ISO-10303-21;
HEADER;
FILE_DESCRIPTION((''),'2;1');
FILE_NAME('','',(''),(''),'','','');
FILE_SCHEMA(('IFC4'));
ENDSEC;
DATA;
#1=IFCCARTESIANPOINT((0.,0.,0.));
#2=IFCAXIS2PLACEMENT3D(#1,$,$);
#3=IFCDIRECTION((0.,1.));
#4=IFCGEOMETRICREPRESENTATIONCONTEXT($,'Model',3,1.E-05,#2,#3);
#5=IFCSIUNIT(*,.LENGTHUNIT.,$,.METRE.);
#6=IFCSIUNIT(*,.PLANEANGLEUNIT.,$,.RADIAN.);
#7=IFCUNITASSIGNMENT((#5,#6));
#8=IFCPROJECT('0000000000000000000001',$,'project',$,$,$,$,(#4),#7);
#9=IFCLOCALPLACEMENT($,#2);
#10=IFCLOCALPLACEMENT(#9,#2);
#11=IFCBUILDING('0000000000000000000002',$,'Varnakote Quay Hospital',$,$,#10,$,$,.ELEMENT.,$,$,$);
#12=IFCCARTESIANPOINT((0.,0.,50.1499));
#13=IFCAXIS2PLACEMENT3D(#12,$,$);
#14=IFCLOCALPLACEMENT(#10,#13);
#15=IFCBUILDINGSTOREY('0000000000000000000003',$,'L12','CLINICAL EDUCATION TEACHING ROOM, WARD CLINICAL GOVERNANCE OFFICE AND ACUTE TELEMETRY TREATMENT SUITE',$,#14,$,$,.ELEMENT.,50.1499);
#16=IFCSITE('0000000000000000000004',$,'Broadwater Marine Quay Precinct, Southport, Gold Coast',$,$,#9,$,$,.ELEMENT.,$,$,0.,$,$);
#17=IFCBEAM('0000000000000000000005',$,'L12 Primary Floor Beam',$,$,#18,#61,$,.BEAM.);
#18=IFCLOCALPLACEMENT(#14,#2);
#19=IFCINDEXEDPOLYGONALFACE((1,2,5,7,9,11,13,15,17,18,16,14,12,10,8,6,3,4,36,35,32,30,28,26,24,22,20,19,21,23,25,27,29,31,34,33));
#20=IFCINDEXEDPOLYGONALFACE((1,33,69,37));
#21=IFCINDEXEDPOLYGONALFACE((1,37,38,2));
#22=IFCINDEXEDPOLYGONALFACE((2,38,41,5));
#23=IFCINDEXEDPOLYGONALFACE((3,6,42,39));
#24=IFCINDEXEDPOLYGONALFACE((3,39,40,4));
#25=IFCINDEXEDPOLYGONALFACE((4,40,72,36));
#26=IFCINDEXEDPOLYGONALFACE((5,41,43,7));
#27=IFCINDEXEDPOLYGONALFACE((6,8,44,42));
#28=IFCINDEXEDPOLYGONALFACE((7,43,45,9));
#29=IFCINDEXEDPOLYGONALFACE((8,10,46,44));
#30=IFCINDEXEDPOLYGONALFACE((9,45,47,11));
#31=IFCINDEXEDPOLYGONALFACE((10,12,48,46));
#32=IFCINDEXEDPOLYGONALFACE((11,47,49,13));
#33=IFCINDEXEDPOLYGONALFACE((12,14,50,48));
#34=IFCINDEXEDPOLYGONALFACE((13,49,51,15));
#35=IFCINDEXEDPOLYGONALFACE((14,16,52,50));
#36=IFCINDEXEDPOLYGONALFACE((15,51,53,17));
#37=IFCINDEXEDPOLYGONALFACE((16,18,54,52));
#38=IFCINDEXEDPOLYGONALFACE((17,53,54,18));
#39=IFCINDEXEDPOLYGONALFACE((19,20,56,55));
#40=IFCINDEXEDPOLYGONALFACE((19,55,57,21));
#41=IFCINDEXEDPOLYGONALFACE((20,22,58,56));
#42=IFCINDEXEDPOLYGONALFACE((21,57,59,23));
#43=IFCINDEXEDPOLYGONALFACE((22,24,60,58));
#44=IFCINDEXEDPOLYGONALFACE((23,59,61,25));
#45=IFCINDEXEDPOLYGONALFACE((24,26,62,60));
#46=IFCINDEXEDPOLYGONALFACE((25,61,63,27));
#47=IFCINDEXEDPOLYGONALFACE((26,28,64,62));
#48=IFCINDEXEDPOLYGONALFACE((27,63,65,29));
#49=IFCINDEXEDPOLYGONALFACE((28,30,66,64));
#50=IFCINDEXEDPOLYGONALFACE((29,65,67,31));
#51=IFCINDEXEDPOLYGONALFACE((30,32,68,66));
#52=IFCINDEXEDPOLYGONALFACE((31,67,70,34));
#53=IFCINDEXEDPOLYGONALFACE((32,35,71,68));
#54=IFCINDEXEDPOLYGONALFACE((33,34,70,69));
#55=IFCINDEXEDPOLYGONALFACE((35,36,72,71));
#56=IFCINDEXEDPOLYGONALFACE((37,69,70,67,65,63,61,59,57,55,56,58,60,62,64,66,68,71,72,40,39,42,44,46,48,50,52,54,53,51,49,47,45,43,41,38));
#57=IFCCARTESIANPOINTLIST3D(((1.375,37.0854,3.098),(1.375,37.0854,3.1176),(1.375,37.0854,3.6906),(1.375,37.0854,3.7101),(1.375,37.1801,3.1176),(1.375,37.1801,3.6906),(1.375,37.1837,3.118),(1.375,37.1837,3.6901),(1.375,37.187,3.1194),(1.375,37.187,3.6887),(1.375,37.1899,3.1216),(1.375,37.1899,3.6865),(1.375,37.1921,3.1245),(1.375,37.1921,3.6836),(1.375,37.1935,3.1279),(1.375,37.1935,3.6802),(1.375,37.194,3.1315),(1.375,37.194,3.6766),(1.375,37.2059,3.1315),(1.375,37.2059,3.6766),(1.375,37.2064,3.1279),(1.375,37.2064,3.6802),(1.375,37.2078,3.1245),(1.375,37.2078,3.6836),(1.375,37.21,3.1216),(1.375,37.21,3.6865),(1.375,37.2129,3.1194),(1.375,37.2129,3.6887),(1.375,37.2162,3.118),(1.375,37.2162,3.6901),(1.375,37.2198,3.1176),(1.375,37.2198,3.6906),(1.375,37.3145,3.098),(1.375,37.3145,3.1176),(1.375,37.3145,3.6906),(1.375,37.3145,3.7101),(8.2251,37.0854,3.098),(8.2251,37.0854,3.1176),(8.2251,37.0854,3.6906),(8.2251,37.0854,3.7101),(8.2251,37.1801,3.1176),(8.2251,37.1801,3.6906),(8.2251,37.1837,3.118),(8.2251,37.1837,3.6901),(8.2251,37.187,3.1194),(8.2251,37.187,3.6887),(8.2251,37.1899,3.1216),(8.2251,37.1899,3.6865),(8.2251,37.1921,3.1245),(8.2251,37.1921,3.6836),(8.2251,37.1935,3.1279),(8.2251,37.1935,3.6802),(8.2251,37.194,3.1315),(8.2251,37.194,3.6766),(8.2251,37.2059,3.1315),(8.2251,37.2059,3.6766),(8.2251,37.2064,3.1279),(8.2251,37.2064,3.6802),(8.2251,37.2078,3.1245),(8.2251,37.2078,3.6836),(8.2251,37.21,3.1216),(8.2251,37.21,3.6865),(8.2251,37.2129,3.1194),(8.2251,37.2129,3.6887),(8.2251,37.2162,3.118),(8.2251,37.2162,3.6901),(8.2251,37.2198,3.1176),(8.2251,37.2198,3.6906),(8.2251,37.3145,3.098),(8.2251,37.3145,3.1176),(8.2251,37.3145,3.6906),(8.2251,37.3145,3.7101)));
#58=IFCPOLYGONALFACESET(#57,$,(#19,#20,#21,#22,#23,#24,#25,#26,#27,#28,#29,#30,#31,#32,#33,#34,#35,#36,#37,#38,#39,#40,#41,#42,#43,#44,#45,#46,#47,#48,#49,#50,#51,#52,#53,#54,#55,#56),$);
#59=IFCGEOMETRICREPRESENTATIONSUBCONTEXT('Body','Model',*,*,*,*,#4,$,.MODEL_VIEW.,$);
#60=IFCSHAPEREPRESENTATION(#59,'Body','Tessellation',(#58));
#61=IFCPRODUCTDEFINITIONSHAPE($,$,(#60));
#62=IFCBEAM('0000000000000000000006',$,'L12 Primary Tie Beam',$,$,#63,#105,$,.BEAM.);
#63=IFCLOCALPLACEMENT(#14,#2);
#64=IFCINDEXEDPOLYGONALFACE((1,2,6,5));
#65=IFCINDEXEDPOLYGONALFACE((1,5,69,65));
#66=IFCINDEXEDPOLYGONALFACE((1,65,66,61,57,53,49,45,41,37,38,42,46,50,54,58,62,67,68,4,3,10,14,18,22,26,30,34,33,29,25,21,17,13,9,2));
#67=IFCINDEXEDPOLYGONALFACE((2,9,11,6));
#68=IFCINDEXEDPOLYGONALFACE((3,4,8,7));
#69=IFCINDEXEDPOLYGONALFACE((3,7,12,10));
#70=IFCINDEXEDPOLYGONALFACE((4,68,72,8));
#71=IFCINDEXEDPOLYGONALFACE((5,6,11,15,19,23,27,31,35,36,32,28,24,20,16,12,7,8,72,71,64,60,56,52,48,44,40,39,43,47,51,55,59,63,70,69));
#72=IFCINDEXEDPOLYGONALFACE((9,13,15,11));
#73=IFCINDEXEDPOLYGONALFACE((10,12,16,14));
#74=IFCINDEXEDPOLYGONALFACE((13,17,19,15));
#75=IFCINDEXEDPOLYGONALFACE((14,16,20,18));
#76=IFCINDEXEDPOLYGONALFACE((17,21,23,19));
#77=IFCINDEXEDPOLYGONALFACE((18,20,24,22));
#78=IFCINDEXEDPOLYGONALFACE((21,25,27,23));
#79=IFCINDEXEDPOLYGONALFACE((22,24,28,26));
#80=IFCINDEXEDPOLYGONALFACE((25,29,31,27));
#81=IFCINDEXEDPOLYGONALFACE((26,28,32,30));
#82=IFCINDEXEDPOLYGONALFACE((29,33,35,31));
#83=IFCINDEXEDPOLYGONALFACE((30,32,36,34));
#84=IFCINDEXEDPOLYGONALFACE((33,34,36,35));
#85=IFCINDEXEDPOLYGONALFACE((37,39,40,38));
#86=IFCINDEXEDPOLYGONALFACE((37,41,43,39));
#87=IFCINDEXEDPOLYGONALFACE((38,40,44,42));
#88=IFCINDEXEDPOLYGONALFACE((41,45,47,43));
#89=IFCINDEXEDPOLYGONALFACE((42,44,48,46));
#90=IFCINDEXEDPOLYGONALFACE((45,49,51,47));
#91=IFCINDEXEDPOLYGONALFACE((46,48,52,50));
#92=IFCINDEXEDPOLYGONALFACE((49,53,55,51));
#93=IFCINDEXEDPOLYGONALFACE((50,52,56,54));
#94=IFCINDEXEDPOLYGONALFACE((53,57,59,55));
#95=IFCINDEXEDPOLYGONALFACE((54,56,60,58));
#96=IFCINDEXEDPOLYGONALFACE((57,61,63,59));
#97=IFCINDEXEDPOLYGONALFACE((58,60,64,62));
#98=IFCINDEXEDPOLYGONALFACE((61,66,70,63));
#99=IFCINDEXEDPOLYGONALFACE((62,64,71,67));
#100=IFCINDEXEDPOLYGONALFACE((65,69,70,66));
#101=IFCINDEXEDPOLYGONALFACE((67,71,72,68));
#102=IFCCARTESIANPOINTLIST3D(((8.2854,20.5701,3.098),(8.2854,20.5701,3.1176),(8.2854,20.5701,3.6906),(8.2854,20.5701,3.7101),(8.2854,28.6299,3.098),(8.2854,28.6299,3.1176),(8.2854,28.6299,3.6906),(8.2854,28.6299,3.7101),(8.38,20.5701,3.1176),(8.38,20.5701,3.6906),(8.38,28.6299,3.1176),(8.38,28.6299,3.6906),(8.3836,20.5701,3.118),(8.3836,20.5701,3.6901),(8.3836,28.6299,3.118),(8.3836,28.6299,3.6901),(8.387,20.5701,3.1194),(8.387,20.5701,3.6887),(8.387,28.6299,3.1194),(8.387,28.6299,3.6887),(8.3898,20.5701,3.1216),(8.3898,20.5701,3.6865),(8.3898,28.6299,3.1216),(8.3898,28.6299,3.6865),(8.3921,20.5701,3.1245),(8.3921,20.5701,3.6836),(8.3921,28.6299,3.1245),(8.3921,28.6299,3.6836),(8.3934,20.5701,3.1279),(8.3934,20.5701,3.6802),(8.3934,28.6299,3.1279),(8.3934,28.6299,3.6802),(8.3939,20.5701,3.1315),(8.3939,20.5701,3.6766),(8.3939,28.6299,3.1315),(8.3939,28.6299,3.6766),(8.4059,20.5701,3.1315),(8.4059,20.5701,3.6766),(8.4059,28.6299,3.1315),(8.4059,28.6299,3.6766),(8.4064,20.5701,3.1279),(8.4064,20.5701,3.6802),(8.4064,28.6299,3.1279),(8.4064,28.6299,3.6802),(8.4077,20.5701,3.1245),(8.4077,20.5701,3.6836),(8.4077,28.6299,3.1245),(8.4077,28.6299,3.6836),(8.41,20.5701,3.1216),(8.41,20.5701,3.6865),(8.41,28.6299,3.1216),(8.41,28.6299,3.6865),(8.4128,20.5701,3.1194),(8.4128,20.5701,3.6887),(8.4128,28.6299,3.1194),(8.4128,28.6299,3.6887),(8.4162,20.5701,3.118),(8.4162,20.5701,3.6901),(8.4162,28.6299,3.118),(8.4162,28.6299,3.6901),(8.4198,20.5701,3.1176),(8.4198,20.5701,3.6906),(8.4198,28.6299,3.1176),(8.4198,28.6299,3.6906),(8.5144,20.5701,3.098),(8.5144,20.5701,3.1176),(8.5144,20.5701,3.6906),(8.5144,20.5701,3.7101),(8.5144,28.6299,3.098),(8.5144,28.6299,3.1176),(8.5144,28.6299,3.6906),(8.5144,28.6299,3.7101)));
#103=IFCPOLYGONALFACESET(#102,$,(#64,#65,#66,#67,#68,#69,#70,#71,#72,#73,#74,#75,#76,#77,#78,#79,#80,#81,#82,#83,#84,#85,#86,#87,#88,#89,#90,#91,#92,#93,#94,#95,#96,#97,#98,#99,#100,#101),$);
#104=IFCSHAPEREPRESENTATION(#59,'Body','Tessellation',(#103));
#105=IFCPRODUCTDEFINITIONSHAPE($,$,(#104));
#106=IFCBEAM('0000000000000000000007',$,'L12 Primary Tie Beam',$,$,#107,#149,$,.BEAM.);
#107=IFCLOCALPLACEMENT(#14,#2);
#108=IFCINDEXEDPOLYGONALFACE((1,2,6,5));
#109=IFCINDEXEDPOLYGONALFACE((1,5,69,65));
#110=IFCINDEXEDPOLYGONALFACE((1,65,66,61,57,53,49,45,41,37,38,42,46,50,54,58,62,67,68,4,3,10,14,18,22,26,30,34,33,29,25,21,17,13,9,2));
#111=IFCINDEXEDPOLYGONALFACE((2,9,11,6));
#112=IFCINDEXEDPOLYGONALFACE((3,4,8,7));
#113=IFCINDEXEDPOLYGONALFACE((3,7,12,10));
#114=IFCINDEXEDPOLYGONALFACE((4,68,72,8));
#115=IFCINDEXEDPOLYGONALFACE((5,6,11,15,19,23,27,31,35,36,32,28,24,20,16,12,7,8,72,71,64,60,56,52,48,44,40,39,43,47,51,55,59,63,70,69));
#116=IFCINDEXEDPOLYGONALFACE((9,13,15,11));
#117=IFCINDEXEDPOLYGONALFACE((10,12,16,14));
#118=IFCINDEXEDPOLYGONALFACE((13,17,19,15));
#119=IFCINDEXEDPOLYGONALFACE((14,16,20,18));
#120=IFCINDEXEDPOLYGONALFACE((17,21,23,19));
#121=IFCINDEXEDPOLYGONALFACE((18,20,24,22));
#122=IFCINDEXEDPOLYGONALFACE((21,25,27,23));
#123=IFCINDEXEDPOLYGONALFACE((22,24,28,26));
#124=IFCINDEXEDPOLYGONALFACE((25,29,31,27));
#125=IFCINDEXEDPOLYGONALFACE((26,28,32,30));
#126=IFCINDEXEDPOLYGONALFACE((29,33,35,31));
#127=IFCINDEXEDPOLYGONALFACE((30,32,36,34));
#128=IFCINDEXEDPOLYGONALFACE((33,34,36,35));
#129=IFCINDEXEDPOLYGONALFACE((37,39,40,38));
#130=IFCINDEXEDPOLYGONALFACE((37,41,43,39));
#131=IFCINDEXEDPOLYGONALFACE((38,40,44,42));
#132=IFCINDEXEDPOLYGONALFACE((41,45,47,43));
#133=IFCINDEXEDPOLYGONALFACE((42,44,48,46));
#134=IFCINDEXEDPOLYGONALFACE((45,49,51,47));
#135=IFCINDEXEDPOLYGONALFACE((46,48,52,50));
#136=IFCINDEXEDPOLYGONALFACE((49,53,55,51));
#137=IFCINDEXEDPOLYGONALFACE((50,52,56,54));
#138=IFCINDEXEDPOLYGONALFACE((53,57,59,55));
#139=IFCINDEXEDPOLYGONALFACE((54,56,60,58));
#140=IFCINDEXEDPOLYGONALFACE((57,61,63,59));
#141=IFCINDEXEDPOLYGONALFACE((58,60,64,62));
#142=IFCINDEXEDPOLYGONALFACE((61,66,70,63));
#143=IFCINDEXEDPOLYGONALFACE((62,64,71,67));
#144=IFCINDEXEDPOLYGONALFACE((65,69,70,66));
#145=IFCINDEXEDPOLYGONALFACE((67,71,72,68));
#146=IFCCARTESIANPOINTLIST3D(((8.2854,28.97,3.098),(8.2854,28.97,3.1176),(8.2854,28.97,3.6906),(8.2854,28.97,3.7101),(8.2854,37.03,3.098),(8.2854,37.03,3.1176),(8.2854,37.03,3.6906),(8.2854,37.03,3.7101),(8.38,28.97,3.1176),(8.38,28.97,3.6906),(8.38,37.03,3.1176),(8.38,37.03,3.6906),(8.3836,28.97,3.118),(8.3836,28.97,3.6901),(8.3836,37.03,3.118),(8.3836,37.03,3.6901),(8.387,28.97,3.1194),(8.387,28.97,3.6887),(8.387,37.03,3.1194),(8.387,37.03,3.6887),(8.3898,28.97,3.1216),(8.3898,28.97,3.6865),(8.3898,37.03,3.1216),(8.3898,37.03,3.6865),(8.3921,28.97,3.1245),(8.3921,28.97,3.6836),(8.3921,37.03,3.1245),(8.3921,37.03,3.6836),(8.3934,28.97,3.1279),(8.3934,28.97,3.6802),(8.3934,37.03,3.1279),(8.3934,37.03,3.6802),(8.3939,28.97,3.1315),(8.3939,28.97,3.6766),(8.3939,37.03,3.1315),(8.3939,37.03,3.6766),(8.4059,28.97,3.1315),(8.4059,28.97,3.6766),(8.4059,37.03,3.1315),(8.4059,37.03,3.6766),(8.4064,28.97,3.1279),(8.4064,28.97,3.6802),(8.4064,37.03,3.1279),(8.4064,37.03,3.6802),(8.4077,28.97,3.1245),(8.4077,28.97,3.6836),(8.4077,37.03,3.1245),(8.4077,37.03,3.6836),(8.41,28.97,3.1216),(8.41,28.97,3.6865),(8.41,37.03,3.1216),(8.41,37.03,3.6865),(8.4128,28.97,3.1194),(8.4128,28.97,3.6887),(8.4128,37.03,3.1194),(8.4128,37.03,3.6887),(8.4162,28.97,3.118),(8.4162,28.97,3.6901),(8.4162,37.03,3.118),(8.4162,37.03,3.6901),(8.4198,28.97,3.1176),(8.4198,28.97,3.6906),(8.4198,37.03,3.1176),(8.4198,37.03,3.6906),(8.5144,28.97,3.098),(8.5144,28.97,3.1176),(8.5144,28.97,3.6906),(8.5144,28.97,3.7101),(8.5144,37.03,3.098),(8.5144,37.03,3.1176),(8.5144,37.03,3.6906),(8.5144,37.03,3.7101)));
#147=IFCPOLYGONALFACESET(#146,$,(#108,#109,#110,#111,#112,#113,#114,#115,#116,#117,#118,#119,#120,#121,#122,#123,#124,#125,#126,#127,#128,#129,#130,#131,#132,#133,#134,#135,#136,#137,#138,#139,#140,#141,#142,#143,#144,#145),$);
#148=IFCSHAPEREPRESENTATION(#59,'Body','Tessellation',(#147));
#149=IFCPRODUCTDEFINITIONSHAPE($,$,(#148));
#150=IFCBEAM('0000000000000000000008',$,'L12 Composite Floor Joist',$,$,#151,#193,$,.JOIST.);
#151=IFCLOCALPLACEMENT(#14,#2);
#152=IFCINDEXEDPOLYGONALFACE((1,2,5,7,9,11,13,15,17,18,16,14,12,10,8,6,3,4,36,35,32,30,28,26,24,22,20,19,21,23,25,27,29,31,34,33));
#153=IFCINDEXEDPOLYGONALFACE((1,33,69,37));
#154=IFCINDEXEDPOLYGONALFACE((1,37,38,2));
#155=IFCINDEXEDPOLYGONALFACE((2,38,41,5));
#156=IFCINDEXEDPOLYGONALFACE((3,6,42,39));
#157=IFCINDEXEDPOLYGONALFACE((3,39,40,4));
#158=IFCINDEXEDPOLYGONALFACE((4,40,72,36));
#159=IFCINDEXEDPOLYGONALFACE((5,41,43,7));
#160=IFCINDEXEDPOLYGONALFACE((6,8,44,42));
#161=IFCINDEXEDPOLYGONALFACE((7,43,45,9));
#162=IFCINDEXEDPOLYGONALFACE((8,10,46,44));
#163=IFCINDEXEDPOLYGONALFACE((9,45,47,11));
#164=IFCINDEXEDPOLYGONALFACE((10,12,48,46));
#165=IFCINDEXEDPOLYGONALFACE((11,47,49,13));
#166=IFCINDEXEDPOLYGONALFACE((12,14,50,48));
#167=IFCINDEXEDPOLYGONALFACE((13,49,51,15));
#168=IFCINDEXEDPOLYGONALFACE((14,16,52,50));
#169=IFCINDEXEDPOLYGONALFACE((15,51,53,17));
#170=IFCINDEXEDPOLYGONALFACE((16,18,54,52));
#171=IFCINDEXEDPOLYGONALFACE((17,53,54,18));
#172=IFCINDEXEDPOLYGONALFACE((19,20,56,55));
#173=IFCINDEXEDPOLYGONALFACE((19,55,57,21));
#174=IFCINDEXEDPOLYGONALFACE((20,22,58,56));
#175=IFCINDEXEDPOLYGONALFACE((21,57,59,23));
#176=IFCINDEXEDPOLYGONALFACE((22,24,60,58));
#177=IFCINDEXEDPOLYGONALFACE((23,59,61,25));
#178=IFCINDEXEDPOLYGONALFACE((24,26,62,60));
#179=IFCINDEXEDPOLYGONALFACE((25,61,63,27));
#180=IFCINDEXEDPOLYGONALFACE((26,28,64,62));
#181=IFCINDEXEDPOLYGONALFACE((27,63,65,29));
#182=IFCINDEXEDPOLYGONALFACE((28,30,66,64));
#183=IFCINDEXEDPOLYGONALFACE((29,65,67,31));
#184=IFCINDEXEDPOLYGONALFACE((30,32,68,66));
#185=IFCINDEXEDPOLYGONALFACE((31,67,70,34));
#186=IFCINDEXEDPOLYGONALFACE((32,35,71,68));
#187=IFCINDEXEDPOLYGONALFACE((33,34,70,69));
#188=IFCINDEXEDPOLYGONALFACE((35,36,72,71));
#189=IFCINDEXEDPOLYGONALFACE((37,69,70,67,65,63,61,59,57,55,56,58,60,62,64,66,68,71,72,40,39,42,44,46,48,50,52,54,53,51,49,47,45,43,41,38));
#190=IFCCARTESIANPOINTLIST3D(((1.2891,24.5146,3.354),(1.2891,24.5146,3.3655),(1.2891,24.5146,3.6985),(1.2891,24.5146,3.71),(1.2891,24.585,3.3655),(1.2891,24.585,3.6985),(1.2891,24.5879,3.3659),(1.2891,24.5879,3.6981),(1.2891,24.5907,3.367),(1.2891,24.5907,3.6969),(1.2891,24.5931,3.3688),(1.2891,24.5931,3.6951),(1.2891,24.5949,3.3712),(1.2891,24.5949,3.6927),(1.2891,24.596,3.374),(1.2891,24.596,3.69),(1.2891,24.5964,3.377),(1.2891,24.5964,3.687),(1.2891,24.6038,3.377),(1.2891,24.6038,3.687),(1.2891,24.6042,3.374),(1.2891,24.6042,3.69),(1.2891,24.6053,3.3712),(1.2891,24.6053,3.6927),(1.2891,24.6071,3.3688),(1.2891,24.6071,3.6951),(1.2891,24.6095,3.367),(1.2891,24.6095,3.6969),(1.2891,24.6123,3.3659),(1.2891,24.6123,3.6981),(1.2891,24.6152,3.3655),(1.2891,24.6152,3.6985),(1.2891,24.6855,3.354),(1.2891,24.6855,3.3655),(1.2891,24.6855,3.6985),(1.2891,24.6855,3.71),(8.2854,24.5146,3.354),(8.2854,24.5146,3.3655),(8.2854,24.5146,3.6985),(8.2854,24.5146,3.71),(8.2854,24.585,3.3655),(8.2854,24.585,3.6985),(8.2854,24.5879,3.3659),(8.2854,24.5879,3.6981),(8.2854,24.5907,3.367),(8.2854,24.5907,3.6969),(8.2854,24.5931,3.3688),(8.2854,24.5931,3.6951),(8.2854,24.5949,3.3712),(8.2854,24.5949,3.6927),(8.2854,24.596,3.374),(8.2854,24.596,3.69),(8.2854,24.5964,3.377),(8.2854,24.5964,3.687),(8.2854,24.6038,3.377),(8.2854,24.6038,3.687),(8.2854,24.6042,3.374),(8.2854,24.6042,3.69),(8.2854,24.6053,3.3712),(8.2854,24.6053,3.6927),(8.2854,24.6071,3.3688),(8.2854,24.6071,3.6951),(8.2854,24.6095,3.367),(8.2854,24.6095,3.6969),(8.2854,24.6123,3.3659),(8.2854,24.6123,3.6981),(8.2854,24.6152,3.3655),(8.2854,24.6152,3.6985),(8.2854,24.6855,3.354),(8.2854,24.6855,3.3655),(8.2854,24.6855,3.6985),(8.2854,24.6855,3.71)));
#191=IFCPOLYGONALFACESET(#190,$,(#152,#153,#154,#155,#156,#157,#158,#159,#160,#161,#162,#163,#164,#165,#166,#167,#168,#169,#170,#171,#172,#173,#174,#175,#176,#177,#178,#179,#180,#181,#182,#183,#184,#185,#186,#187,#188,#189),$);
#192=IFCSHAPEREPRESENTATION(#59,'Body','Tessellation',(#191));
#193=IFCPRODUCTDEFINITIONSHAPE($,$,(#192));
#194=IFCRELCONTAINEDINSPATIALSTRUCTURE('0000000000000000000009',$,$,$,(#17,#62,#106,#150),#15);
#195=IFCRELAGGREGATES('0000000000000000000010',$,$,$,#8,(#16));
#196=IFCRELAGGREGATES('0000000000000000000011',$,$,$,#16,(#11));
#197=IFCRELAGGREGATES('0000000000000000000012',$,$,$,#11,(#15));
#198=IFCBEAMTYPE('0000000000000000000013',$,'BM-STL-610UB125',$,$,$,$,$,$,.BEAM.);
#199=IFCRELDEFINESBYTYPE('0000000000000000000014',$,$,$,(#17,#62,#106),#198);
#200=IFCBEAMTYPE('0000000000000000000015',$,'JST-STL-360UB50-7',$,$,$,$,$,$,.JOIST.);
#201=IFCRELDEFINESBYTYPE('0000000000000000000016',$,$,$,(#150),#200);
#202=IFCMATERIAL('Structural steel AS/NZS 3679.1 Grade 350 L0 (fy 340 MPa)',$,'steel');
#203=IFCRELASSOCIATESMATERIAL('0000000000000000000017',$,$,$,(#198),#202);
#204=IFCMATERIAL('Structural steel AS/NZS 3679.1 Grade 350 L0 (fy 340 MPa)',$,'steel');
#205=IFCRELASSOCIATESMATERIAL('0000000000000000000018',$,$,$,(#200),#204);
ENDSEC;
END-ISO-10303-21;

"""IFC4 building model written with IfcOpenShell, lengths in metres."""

from ifc_helpers import new_model, si_unit, direction, frame, origin, origin_2d, place, context, subcontext, project, spatial, i_section, extrude, material, material_profile, profile_set, type_object, element, save


model = new_model("IFC4")

# Units and contexts
model_context = context("Model", 3, precision=1e-05, world=origin(), true_north=direction((0.0, 1.0)))
body_context = subcontext(model_context, "Body", "Model", "MODEL_VIEW")
ifc_project = project(units=[si_unit("LENGTHUNIT", "METRE"), si_unit("PLANEANGLEUNIT", "RADIAN")], contexts=[model_context])

# Site, building, storey
site_placement = place(None, origin())
site = spatial("IfcSite", under=ifc_project, at=site_placement, Name="Broadwater Marine Quay Precinct, Southport, Gold Coast", CompositionType="ELEMENT", RefElevation=0.0)
building_placement = place(site_placement, origin())
building = spatial("IfcBuilding", under=site, at=building_placement, Name="Varnakote Quay Hospital", CompositionType="ELEMENT")
storey_placement = place(building_placement, frame((0.0, 0.0, 50.1499)))
storey = spatial("IfcBuildingStorey", under=building, at=storey_placement, Name="L12", Description="CLINICAL EDUCATION TEACHING ROOM, WARD CLINICAL GOVERNANCE OFFICE AND ACUTE TELEMETRY TREATMENT SUITE", CompositionType="ELEMENT", Elevation=50.1499)

# Beams
ifc_material_1 = material(Name="Structural steel AS/NZS 3679.1 Grade 350 L0 (fy 340 MPa)", Category="steel")
ifc_material_profile_1 = material_profile(ifc_material_1, i_section(OverallWidth=0.229, OverallDepth=0.6121, WebThickness=0.012, FlangeThickness=0.0195, FilletRadius=0.0139, at=origin_2d()), Name="610UB125")
ifc_profile_set_1 = profile_set([ifc_material_profile_1], Name="Structural steel AS/NZS 3679.1 Grade 350 L0 (fy 340 MPa)")
beam_type_1 = type_object("IfcBeamType", Name="BM-STL-610UB125", PredefinedType="BEAM", material=ifc_profile_set_1)
beam_1_placement = place(storey_placement, frame((1.375, 37.2, 3.4041), z_axis=(1.0, 0.0, 0.0), x_axis=(0.0, 1.0, 0.0)))
element("IfcBeam", 1, at=beam_1_placement, inside=storey, type_object=beam_type_1, Name="L12 Primary Floor Beam", PredefinedType="BEAM", context=body_context, shape_type="SweptSolid", body=[
    extrude(i_section(OverallWidth=0.229, OverallDepth=0.6121, WebThickness=0.012, FlangeThickness=0.0195, FilletRadius=0.0139, at=origin_2d()), origin(), (0.0, 0.0, 1.0), 6.8501),
])
beam_2_placement = place(storey_placement, frame((8.3999, 20.5701, 3.4041), z_axis=(0.0, 1.0, 0.0), x_axis=(-1.0, 0.0, 0.0)))
element("IfcBeam", 2, at=beam_2_placement, inside=storey, type_object=beam_type_1, Name="L12 Primary Tie Beam", PredefinedType="BEAM", context=body_context, shape_type="SweptSolid", body=[
    extrude(i_section(OverallWidth=0.229, OverallDepth=0.6121, WebThickness=0.012, FlangeThickness=0.0195, FilletRadius=0.0139, at=origin_2d()), origin(), (0.0, 0.0, 1.0), 8.0598),
])
beam_3_placement = place(storey_placement, frame((8.3999, 28.97, 3.4041), z_axis=(0.0, 1.0, 0.0), x_axis=(-1.0, 0.0, 0.0)))
element("IfcBeam", 3, at=beam_3_placement, inside=storey, type_object=beam_type_1, Name="L12 Primary Tie Beam", PredefinedType="BEAM", context=body_context, shape_type="SweptSolid", body=[
    extrude(i_section(OverallWidth=0.229, OverallDepth=0.6121, WebThickness=0.012, FlangeThickness=0.0195, FilletRadius=0.0139, at=origin_2d()), origin(), (0.0, 0.0, 1.0), 8.0601),
])
ifc_material_2 = material(Name="Structural steel AS/NZS 3679.1 Grade 350 L0 (fy 340 MPa)", Category="steel")
ifc_material_profile_2 = material_profile(ifc_material_2, i_section(OverallWidth=0.1709, OverallDepth=0.356, WebThickness=0.0073, FlangeThickness=0.0115, FilletRadius=0.0115, at=origin_2d()), Name="360UB50.7")
ifc_profile_set_2 = profile_set([ifc_material_profile_2], Name="Structural steel AS/NZS 3679.1 Grade 350 L0 (fy 340 MPa)")
beam_type_2 = type_object("IfcBeamType", Name="JST-STL-360UB50-7", PredefinedType="JOIST", material=ifc_profile_set_2)
beam_4_placement = place(storey_placement, frame((1.2891, 24.6001, 3.532), z_axis=(1.0, 0.0, 0.0), x_axis=(0.0, 1.0, 0.0)))
element("IfcBeam", 4, at=beam_4_placement, inside=storey, type_object=beam_type_2, Name="L12 Composite Floor Joist", PredefinedType="JOIST", context=body_context, shape_type="SweptSolid", body=[
    extrude(i_section(OverallWidth=0.1709, OverallDepth=0.356, WebThickness=0.0073, FlangeThickness=0.0115, FilletRadius=0.0115, at=origin_2d()), origin(), (0.0, 0.0, 1.0), 6.9963),
])

save(model, "model.ifc")
